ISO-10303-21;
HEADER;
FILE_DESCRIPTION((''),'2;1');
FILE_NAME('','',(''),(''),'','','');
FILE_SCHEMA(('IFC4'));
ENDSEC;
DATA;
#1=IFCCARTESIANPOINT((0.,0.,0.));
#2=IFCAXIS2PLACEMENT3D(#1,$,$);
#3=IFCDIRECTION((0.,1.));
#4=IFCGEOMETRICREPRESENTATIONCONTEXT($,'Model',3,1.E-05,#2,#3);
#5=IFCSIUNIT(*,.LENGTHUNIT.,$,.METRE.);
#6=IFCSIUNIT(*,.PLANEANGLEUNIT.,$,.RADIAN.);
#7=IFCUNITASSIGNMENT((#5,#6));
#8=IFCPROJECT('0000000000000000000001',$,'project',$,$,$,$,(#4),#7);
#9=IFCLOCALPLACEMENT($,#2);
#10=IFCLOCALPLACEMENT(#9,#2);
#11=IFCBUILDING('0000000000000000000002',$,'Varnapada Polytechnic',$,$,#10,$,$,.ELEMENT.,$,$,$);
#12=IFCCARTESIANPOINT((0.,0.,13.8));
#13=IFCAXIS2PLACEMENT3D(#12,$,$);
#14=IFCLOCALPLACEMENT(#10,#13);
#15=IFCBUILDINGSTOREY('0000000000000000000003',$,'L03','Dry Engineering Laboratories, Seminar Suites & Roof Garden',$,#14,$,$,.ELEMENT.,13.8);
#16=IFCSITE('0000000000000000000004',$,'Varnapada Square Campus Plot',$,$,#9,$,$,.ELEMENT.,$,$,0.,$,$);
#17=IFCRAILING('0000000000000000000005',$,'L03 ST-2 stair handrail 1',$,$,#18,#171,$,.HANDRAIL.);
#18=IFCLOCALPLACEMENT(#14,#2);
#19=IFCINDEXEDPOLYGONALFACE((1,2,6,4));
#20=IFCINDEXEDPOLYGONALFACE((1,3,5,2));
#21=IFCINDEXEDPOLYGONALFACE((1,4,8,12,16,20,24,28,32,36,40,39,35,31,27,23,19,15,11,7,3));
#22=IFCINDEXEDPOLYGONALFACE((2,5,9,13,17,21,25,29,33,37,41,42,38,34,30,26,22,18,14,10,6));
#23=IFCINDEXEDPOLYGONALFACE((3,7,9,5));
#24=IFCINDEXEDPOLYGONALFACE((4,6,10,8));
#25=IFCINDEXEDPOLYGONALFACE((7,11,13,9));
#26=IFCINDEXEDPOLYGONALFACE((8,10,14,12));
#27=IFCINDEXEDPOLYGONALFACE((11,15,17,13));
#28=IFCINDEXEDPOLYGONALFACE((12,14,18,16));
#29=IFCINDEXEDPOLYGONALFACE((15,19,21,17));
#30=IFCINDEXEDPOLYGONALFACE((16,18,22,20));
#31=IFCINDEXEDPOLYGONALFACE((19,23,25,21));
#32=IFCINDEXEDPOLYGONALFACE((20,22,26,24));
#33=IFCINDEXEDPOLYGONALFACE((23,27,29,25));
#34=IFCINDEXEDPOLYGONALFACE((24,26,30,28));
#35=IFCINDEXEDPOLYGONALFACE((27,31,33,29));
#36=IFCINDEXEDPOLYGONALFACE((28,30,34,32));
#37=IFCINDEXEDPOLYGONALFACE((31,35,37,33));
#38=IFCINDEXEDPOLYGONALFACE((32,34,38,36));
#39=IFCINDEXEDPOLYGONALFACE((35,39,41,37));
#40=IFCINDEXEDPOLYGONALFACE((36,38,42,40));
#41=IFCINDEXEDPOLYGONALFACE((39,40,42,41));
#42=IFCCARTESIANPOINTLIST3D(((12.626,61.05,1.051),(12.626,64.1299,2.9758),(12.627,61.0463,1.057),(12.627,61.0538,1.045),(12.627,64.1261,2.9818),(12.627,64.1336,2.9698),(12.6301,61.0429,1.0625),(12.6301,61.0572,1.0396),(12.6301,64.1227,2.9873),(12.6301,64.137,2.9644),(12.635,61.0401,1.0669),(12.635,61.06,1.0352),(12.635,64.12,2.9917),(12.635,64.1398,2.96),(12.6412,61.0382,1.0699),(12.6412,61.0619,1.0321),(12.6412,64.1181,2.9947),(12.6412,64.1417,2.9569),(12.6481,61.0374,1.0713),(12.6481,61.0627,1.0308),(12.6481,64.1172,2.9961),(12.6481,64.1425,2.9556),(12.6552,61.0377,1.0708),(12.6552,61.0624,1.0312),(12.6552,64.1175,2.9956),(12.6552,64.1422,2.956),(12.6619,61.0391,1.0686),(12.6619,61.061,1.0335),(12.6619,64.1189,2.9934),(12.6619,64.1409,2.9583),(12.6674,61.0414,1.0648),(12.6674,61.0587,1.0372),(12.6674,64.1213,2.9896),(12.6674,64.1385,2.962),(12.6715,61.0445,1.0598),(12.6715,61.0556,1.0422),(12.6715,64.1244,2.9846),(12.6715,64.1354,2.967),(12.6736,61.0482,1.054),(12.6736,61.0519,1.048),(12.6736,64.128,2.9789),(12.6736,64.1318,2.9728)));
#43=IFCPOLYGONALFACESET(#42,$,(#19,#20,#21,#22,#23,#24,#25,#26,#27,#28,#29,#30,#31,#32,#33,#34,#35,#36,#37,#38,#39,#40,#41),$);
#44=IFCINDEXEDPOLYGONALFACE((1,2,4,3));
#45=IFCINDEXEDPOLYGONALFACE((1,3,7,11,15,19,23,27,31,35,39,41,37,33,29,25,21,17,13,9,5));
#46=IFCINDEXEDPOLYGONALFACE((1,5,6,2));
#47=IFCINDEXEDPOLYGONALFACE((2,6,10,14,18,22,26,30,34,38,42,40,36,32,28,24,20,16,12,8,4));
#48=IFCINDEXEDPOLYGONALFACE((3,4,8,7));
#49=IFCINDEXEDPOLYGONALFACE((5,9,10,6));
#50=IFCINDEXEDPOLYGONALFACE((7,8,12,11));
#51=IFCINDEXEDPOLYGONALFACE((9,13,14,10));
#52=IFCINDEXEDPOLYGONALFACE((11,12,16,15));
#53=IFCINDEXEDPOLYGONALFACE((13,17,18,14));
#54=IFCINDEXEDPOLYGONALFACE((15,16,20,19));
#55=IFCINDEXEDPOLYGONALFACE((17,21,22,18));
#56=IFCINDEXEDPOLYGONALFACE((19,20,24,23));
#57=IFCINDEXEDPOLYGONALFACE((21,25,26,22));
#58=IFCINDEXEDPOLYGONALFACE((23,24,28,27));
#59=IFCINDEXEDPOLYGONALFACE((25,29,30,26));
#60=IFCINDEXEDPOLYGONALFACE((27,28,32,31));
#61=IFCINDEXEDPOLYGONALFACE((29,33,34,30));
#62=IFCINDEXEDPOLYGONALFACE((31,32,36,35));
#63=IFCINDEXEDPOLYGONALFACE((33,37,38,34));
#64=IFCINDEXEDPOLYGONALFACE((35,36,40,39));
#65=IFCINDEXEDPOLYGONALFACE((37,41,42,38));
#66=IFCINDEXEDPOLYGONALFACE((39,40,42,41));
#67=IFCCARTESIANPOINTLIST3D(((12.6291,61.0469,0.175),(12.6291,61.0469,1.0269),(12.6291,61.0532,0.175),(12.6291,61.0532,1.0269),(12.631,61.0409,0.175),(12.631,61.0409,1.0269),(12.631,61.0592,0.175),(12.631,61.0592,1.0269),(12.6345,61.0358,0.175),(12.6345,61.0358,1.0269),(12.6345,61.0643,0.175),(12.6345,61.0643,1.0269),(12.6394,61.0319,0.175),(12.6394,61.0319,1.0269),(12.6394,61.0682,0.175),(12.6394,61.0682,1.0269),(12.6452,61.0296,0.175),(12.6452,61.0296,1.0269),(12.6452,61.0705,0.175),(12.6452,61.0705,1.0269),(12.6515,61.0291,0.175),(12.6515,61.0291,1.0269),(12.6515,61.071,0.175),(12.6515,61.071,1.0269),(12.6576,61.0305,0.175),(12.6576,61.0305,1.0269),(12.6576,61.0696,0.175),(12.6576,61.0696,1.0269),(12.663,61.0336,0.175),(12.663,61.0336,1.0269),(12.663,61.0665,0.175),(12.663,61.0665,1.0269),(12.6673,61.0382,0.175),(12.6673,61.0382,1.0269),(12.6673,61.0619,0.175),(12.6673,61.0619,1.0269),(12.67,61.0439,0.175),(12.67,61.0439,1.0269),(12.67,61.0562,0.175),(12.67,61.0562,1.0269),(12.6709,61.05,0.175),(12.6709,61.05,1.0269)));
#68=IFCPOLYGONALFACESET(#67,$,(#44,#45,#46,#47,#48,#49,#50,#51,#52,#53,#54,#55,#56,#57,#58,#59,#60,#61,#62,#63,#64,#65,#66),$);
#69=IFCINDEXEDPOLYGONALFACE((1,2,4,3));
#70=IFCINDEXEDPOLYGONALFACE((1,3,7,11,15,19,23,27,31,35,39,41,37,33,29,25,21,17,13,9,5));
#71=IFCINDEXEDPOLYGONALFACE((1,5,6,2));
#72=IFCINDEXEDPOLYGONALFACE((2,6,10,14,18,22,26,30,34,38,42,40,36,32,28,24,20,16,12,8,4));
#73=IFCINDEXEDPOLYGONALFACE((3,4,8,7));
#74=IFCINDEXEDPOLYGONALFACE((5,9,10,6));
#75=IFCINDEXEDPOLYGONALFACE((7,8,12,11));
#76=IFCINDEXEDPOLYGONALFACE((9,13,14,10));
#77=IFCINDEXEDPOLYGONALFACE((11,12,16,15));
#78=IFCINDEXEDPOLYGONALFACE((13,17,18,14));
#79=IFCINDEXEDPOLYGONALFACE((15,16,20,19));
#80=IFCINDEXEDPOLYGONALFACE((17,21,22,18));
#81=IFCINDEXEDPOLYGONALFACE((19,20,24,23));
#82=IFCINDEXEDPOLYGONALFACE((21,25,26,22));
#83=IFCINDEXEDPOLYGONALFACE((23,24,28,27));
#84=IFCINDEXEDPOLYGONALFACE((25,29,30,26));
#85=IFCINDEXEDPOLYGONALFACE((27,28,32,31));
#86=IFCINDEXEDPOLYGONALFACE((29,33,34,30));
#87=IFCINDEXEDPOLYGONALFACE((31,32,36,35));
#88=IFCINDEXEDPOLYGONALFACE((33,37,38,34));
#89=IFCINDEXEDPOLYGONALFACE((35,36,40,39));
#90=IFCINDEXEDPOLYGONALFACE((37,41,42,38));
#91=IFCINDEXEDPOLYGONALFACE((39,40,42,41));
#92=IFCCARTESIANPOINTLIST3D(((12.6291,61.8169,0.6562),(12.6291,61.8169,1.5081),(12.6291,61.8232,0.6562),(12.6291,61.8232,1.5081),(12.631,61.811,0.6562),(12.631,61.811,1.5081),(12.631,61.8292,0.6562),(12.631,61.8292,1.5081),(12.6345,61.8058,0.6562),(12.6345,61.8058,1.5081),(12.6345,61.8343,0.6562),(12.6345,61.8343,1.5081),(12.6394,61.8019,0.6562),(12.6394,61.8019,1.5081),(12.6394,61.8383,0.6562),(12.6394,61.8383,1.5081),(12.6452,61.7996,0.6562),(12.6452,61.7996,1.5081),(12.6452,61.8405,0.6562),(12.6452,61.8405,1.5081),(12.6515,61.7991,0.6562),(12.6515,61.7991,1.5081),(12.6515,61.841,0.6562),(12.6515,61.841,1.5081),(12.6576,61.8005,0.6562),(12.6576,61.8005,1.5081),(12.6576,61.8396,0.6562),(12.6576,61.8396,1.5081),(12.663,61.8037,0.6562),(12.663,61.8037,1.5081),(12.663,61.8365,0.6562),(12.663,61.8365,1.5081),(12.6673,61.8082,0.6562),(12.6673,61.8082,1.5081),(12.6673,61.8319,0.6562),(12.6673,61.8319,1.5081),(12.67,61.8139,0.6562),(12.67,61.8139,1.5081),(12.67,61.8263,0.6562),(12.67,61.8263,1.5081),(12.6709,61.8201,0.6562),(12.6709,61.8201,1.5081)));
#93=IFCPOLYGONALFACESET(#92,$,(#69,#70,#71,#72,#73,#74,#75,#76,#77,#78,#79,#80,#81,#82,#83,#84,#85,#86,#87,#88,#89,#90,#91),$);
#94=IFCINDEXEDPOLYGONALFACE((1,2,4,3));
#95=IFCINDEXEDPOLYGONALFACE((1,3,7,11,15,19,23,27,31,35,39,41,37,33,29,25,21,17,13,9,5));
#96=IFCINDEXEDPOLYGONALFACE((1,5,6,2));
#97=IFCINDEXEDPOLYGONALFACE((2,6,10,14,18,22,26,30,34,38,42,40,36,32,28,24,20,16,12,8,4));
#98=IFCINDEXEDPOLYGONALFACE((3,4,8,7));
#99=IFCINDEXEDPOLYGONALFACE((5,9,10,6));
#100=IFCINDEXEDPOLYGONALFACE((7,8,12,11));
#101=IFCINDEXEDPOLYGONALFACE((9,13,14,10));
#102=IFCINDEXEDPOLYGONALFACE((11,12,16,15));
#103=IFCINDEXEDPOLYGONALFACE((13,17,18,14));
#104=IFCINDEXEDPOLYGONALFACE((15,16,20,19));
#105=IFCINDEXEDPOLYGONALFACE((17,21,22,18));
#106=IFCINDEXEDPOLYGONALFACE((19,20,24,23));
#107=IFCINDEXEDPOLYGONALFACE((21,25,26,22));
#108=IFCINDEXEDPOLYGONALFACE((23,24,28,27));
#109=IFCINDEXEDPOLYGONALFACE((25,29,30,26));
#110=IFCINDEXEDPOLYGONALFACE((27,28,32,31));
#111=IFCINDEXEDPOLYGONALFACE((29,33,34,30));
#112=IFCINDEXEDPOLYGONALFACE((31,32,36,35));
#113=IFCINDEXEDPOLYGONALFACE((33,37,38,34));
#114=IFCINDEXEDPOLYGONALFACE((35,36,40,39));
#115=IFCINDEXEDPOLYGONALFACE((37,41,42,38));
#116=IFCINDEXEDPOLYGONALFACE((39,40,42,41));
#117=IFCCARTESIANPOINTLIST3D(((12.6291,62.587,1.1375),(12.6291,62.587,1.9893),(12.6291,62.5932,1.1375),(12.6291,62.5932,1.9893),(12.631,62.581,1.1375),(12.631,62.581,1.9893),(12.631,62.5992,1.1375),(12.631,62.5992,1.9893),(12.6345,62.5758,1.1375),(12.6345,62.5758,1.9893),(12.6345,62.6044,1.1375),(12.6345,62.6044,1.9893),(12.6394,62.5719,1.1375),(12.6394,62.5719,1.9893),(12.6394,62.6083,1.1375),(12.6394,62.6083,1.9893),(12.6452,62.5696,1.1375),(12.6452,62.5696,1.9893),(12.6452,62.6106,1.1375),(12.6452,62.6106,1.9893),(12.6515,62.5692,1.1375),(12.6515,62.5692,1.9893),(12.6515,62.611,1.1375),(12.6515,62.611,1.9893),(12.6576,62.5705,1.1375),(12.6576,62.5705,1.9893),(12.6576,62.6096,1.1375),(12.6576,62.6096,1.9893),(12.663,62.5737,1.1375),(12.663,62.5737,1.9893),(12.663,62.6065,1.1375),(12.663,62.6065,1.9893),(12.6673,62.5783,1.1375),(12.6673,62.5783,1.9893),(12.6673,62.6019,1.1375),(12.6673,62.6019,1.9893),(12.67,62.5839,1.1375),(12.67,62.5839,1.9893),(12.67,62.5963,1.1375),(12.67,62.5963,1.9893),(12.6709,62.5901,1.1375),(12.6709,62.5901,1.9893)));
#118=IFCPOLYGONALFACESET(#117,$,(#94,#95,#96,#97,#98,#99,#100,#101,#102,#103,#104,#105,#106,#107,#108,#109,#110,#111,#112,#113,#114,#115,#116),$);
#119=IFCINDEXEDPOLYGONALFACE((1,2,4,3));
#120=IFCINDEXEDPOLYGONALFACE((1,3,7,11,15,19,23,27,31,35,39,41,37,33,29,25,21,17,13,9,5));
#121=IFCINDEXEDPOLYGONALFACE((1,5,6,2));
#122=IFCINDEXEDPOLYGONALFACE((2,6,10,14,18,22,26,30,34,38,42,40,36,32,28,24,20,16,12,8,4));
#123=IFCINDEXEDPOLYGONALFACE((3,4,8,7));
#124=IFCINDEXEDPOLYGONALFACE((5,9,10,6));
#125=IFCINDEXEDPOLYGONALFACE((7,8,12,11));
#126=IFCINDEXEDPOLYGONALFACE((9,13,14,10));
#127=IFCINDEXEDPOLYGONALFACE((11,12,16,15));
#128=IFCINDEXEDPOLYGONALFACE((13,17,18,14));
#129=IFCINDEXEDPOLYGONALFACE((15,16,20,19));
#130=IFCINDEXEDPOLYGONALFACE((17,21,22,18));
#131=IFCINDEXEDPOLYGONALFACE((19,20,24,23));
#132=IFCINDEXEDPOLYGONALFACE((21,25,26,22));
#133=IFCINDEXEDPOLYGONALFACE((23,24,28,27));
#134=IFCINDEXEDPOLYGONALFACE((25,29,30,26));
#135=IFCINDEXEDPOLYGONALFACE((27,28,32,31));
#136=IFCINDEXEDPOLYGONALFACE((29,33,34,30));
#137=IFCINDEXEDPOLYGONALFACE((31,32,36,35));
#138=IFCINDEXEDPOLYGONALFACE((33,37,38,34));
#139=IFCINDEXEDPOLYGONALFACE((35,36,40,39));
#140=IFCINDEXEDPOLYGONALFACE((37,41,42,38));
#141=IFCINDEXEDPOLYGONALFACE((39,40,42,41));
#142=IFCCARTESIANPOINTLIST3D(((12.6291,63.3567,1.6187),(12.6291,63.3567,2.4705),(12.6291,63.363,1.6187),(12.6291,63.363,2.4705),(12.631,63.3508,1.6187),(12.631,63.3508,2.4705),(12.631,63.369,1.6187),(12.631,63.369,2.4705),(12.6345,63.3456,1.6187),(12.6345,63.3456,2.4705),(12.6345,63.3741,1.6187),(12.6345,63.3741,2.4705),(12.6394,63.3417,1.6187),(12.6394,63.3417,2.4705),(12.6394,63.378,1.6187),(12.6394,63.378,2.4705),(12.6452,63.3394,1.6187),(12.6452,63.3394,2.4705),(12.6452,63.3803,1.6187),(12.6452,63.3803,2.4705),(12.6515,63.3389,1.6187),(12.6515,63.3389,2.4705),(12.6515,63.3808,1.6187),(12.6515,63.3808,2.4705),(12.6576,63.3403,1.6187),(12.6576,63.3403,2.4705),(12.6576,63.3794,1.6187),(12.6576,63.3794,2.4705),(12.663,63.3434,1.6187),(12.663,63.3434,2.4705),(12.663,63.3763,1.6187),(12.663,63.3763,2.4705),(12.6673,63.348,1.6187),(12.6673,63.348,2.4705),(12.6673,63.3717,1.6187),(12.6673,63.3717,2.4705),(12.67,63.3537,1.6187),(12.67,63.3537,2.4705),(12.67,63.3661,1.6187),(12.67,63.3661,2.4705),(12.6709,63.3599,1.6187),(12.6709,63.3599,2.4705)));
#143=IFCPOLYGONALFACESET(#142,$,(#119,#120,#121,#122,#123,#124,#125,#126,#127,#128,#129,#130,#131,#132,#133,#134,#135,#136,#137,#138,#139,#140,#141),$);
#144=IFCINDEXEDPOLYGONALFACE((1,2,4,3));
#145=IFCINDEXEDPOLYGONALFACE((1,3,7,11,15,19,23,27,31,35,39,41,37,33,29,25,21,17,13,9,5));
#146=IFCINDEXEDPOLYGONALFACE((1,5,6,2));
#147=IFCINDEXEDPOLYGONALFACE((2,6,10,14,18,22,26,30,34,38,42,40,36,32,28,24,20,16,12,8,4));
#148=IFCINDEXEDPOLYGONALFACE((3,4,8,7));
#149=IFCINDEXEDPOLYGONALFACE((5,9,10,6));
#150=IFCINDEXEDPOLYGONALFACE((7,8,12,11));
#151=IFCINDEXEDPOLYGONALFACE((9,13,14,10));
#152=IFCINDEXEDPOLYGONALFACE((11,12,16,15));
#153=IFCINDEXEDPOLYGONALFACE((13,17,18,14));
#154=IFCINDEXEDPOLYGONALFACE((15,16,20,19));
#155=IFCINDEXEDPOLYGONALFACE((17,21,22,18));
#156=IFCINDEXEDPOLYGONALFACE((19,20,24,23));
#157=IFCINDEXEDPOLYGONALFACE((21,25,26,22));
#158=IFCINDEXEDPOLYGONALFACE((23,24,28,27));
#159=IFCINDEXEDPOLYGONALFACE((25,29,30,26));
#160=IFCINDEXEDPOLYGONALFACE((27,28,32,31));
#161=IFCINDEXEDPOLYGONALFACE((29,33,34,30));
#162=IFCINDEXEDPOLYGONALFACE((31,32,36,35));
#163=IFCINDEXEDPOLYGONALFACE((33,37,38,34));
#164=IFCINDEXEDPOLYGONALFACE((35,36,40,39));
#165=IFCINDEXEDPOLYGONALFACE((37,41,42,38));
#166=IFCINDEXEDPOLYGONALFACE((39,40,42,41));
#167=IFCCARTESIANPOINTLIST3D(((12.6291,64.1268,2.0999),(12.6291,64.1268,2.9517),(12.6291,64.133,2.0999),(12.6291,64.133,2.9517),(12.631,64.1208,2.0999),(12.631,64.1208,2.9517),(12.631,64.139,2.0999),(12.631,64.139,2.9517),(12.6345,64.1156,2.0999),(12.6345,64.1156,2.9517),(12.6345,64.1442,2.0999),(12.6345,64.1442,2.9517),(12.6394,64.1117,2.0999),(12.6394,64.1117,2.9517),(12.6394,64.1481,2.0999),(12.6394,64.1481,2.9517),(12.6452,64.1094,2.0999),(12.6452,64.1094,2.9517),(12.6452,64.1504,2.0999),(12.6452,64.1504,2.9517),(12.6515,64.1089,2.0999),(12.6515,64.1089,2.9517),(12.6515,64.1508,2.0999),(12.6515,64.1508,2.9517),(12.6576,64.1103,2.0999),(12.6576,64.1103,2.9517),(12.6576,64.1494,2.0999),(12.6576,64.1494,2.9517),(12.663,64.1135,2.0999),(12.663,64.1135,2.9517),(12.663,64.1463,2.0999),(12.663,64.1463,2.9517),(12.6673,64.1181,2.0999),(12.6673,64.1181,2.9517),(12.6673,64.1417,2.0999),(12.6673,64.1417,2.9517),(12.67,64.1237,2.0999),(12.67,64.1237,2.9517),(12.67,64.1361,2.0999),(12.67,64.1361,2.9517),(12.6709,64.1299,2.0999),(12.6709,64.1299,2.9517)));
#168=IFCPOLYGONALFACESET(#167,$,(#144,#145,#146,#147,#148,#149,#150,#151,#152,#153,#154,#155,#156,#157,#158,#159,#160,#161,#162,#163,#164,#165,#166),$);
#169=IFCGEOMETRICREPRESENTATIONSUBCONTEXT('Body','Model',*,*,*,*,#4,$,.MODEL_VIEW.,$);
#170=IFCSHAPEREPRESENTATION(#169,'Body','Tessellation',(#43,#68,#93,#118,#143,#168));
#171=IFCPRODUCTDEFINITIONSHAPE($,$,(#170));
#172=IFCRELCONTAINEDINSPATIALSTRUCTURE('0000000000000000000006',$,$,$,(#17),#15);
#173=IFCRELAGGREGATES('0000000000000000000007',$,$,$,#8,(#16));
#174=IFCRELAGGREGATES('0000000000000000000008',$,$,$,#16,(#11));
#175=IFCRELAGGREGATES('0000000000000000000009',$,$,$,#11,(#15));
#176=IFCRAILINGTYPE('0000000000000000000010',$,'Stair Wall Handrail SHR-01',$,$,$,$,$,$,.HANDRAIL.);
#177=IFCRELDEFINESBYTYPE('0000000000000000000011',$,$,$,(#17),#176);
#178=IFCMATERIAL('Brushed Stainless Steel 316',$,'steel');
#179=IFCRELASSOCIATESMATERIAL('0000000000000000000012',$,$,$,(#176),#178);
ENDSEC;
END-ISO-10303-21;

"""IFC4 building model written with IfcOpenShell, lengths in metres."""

from ifc_helpers import new_model, si_unit, direction, frame, origin, origin_2d, place, context, subcontext, project, spatial, circle, extrude, material, type_object, element, save


model = new_model("IFC4")

# Units and contexts
model_context = context("Model", 3, precision=1e-05, world=origin(), true_north=direction((0.0, 1.0)))
body_context = subcontext(model_context, "Body", "Model", "MODEL_VIEW")
ifc_project = project(units=[si_unit("LENGTHUNIT", "METRE"), si_unit("PLANEANGLEUNIT", "RADIAN")], contexts=[model_context])

# Site, building, storey
site_placement = place(None, origin())
site = spatial("IfcSite", under=ifc_project, at=site_placement, Name="Varnapada Square Campus Plot", CompositionType="ELEMENT", RefElevation=0.0)
building_placement = place(site_placement, origin())
building = spatial("IfcBuilding", under=site, at=building_placement, Name="Varnapada Polytechnic", CompositionType="ELEMENT")
storey_placement = place(building_placement, frame((0.0, 0.0, 13.8)))
storey = spatial("IfcBuildingStorey", under=building, at=storey_placement, Name="L03", Description="Dry Engineering Laboratories, Seminar Suites & Roof Garden", CompositionType="ELEMENT", Elevation=13.8)

# Shared definitions
ifc_material_1 = material(Name="Brushed Stainless Steel 316", Category="steel")

# Railing
railing_type_1 = type_object("IfcRailingType", Name="Stair Wall Handrail SHR-01", PredefinedType="HANDRAIL", material=ifc_material_1)
railing_1_placement = place(storey_placement, frame((12.6499, 61.05, 0.175)))
element("IfcRailing", 1, at=railing_1_placement, inside=storey, type_object=railing_type_1, Name="L03 ST-2 stair handrail 1", PredefinedType="HANDRAIL", context=body_context, shape_type="SweptSolid", body=[
    extrude(circle(Radius=0.0239, at=origin_2d()), frame((0.0, 0.0, 0.876), z_axis=(0.0, 0.84801, 0.529981), x_axis=(-1.0, 0.0, 0.0)), (0.0, 0.0, 1.0), 3.6318),
    extrude(circle(Radius=0.021, at=origin_2d()), origin(), (0.0, 0.0, 1.0), 0.8518),
    extrude(circle(Radius=0.021, at=origin_2d()), frame((0.0, 0.77, 0.4812)), (0.0, 0.0, 1.0), 0.8518),
    extrude(circle(Radius=0.021, at=origin_2d()), frame((0.0, 1.54, 0.9624)), (0.0, 0.0, 1.0), 0.8518),
    extrude(circle(Radius=0.021, at=origin_2d()), frame((0.0, 2.3098, 1.4436)), (0.0, 0.0, 1.0), 0.8518),
    extrude(circle(Radius=0.021, at=origin_2d()), frame((0.0, 3.0798, 1.9248)), (0.0, 0.0, 1.0), 0.8518),
])

save(model, "model.ifc")
